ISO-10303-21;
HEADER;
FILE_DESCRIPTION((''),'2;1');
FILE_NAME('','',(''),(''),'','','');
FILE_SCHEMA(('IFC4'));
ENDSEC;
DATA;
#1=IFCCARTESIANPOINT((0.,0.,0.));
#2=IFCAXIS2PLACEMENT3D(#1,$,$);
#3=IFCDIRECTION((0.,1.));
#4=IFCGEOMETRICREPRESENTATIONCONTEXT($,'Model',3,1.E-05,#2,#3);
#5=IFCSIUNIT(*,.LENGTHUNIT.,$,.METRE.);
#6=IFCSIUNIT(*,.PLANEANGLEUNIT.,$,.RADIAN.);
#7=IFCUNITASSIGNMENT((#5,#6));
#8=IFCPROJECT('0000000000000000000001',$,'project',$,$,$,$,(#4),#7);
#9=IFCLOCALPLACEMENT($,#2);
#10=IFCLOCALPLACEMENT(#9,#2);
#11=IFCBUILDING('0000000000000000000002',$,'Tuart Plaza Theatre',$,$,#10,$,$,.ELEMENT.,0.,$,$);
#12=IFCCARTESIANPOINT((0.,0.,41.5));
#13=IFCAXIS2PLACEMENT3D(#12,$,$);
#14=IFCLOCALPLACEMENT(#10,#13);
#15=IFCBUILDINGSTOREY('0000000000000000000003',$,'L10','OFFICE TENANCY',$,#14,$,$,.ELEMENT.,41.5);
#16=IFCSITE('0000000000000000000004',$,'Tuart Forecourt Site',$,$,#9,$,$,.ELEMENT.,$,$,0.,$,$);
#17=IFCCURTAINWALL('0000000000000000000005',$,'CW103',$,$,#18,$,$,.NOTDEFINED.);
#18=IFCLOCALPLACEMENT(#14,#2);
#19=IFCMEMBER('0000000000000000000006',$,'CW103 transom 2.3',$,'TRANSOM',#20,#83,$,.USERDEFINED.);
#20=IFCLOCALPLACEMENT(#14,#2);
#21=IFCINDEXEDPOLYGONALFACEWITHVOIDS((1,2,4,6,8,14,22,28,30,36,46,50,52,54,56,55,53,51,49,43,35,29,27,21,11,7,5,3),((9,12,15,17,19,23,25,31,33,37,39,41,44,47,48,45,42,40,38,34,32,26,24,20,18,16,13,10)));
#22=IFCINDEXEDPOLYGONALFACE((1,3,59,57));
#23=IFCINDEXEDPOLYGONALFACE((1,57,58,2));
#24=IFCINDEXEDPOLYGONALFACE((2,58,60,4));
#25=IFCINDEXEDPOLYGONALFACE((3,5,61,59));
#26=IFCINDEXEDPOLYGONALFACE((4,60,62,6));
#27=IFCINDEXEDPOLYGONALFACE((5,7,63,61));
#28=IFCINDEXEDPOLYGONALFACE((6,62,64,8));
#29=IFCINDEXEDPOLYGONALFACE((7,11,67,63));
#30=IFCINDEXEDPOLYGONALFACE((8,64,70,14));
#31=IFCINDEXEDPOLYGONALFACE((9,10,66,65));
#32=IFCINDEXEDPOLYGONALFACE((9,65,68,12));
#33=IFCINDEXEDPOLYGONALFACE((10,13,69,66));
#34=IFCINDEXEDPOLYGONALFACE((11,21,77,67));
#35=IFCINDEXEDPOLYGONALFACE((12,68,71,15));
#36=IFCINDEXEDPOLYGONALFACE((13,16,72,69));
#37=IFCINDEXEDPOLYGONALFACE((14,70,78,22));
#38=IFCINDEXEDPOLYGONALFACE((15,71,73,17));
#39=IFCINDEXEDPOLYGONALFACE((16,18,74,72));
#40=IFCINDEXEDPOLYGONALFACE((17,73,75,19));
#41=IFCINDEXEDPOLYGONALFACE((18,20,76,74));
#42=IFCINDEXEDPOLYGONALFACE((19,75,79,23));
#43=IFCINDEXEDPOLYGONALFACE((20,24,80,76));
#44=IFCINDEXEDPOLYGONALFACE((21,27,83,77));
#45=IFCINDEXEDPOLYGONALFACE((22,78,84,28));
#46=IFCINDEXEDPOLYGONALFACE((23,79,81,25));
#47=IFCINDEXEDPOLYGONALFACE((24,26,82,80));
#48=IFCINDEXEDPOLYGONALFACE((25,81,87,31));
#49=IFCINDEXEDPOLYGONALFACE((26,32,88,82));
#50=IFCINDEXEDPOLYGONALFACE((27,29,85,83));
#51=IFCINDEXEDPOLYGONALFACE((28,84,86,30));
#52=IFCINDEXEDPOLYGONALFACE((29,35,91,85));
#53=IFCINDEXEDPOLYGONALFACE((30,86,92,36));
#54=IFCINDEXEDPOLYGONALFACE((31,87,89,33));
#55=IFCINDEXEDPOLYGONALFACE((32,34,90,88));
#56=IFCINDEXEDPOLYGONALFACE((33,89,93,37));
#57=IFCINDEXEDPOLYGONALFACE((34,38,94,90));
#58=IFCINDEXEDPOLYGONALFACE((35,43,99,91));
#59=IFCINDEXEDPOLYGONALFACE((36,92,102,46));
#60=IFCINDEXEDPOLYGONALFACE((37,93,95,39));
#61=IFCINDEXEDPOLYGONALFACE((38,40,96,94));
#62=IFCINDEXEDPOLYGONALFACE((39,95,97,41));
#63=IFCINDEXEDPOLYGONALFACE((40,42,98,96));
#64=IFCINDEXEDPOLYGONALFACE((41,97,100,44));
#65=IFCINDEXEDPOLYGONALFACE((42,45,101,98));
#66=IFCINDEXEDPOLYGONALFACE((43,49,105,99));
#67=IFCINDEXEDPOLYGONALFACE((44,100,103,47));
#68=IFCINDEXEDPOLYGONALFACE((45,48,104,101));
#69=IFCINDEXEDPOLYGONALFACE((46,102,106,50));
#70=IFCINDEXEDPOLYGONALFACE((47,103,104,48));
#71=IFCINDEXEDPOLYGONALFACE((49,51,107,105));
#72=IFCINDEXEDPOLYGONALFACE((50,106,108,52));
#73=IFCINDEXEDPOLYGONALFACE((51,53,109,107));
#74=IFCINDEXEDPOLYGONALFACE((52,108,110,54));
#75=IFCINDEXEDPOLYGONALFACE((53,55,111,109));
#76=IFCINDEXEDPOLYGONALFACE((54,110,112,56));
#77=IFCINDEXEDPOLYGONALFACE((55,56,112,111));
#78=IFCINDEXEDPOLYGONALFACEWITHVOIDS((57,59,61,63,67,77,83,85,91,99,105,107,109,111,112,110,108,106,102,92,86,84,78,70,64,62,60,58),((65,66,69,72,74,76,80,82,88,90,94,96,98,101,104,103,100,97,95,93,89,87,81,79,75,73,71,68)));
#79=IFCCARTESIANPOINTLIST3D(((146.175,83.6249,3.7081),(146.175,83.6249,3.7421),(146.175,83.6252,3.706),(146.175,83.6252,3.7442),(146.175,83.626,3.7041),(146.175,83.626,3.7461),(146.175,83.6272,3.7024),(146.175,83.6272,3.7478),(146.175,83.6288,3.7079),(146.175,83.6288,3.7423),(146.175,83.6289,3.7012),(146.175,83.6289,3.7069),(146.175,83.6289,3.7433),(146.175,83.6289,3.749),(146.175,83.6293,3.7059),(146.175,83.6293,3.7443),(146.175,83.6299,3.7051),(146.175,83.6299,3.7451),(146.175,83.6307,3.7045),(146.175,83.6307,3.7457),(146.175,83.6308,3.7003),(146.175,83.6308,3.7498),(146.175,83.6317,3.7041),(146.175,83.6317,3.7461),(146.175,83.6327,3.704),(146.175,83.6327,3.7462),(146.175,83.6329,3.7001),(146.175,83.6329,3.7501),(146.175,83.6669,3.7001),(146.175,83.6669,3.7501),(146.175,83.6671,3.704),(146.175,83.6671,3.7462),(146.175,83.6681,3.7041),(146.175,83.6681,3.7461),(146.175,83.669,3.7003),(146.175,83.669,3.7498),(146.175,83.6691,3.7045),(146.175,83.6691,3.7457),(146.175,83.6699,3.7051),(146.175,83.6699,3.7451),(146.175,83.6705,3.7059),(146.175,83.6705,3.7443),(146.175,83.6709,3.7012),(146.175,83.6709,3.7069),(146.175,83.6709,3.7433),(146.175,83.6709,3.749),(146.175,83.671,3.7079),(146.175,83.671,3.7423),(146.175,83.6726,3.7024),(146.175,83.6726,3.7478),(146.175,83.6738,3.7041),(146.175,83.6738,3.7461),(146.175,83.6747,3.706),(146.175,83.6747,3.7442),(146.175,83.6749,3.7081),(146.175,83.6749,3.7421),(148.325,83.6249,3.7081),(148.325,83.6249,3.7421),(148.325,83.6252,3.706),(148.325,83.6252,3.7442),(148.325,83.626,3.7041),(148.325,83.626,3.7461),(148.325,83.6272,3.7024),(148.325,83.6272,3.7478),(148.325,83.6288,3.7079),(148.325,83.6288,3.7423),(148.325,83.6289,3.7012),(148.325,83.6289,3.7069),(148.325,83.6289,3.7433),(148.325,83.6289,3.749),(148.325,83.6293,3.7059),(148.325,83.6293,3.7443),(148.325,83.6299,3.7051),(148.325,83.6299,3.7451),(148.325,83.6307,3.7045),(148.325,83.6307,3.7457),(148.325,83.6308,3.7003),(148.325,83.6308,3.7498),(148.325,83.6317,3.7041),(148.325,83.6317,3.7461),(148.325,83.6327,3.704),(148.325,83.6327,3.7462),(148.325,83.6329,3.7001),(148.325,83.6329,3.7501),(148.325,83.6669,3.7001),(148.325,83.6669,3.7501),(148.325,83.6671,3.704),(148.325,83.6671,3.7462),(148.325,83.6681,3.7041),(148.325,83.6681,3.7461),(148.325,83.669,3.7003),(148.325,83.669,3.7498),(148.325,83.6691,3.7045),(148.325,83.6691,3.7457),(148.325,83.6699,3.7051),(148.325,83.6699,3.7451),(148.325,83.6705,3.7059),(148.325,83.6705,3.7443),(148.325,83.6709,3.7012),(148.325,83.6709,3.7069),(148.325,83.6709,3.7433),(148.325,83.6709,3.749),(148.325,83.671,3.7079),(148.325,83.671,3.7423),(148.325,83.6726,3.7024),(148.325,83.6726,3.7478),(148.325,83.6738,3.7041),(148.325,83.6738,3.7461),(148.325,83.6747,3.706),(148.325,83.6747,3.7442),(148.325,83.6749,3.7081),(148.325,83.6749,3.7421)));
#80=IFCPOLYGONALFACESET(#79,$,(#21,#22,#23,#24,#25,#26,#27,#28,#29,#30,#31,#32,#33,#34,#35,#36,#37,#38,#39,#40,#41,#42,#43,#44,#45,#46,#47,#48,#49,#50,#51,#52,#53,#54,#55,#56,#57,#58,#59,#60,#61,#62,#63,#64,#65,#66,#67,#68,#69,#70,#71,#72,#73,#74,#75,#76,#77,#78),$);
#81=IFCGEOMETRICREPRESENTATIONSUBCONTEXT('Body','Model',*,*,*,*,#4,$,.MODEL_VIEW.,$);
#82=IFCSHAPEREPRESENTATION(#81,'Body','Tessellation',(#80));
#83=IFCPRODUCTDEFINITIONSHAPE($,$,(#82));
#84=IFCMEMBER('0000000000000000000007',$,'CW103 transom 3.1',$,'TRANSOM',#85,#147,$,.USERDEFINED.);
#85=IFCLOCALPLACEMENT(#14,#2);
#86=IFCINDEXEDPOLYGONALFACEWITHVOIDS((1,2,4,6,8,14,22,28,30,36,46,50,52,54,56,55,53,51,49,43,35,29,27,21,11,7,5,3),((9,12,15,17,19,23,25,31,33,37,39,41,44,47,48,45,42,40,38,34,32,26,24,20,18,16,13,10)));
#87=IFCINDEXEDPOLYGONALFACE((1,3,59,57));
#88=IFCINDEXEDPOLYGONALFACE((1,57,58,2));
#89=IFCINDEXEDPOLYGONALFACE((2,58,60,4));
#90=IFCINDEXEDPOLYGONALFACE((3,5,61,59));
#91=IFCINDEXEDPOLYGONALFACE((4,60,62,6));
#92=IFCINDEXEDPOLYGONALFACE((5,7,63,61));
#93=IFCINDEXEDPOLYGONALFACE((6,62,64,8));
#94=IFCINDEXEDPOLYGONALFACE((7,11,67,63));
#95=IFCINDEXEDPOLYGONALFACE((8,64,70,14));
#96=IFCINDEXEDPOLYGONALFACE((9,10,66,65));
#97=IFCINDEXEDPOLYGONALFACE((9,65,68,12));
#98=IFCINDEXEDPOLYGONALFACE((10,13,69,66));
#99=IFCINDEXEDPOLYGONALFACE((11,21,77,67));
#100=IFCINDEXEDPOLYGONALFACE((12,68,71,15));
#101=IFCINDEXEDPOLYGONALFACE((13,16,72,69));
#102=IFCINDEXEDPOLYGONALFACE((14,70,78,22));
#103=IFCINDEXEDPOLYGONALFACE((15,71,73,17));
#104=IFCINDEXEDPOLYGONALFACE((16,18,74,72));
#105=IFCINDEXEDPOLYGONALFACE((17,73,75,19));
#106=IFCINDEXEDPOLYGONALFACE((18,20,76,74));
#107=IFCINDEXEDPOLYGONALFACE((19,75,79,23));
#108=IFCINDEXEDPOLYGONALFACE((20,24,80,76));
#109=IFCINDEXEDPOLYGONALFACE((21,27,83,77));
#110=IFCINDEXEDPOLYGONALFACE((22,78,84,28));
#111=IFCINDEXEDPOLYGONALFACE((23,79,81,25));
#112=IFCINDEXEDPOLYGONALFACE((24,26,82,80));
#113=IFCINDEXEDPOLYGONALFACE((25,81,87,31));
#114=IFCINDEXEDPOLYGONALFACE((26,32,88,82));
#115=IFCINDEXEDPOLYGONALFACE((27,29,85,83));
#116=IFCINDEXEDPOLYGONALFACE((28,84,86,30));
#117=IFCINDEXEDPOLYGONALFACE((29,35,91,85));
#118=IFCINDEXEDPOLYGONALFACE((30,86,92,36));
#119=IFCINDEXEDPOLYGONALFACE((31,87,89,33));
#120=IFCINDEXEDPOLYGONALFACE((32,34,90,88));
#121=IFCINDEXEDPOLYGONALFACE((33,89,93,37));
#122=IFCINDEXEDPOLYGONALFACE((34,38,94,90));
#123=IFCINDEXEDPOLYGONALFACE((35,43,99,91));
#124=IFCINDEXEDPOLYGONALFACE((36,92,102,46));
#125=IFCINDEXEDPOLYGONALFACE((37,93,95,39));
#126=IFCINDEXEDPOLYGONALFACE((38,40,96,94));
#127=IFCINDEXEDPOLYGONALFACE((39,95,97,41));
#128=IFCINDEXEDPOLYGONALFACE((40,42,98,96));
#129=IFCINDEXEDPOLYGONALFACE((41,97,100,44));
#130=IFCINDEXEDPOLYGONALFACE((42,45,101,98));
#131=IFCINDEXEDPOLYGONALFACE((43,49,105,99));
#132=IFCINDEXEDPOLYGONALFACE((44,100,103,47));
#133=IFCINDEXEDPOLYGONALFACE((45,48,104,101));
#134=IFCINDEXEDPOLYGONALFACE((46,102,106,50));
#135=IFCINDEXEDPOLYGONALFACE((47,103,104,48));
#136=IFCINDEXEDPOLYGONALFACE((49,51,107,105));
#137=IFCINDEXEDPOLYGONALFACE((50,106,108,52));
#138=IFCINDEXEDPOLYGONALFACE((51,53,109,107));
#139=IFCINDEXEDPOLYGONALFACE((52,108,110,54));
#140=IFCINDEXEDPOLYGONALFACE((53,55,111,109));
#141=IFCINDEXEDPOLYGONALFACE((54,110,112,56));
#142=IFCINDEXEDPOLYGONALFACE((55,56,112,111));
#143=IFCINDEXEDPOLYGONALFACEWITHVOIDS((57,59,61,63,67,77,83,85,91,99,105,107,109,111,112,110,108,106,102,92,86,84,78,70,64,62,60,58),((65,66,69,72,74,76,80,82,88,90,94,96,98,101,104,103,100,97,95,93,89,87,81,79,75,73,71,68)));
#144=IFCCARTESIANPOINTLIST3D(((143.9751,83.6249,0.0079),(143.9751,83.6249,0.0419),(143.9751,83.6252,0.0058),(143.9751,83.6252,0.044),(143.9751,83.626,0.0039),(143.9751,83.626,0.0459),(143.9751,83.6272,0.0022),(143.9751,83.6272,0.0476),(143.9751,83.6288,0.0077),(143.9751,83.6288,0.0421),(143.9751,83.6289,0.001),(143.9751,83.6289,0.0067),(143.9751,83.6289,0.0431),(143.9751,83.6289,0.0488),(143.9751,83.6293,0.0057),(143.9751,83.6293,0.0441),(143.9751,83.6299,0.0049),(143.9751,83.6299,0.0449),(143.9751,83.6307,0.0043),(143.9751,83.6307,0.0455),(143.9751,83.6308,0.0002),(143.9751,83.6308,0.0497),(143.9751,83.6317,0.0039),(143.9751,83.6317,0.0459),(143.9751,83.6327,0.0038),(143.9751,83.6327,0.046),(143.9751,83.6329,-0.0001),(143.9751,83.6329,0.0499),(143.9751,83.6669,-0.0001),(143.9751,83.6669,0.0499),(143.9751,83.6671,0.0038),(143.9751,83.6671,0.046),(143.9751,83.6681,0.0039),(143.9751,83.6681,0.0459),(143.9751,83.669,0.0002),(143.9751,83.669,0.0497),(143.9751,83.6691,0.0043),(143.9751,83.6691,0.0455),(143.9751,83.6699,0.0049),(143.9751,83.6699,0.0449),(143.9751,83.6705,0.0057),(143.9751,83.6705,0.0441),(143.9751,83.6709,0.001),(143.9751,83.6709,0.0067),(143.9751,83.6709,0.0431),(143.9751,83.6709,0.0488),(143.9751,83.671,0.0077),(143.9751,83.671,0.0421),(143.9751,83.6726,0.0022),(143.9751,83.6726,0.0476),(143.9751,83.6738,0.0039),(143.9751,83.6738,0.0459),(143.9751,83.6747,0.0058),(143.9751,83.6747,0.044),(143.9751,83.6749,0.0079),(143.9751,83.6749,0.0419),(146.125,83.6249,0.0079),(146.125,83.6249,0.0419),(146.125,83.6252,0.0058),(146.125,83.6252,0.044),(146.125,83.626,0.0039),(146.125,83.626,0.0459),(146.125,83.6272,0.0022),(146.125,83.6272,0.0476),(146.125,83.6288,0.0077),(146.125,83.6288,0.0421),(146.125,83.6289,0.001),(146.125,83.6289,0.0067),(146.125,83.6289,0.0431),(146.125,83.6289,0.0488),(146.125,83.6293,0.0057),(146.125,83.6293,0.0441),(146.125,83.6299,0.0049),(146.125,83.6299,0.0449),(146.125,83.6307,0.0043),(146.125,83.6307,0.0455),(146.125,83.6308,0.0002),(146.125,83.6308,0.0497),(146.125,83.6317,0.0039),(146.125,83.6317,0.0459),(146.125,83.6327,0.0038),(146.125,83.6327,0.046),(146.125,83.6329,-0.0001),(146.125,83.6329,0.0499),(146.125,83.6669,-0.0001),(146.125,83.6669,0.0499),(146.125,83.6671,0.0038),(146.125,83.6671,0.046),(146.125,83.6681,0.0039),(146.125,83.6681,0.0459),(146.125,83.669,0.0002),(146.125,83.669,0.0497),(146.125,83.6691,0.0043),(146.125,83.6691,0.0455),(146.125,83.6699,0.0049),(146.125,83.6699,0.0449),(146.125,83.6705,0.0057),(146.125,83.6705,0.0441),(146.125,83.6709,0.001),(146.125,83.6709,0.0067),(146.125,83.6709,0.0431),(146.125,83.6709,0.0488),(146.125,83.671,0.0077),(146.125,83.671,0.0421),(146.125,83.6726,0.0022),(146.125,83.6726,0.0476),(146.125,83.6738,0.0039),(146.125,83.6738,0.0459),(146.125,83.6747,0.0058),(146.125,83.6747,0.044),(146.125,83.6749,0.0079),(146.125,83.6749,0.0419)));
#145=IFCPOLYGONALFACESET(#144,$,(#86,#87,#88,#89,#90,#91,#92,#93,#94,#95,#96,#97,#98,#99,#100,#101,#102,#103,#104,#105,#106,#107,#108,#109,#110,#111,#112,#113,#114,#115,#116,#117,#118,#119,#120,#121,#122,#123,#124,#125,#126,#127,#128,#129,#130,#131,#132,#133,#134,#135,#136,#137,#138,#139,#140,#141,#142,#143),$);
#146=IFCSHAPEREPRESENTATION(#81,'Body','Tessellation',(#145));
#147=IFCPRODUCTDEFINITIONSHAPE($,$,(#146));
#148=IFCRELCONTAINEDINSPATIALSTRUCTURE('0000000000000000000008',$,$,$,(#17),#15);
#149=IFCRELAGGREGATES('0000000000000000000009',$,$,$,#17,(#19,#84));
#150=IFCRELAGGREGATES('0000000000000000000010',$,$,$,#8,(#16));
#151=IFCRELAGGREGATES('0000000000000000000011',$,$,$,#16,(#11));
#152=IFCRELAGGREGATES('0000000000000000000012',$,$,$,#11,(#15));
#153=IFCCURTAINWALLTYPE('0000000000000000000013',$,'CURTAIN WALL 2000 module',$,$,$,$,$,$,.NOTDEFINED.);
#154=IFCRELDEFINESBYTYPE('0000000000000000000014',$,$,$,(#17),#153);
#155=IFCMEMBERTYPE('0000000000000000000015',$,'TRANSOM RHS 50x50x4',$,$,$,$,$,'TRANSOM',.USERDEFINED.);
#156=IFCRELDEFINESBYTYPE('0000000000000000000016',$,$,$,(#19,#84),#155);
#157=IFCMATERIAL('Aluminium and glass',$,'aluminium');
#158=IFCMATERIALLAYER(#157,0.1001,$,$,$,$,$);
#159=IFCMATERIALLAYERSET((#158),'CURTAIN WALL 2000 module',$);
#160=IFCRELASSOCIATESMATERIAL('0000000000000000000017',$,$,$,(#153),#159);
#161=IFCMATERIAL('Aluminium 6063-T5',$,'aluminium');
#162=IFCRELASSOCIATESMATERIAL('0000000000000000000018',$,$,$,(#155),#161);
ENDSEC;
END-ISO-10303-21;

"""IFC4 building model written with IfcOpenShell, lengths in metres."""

from ifc_helpers import new_model, si_unit, direction, frame, origin, origin_2d, place, context, subcontext, project, spatial, hollow_rectangle, extrude, material, layer, layer_set, material_profile, profile_set, type_object, element, aggregate, save


model = new_model("IFC4")

# Units and contexts
model_context = context("Model", 3, precision=1e-05, world=origin(), true_north=direction((0.0, 1.0)))
body_context = subcontext(model_context, "Body", "Model", "MODEL_VIEW")
ifc_project = project(units=[si_unit("LENGTHUNIT", "METRE"), si_unit("PLANEANGLEUNIT", "RADIAN")], contexts=[model_context])

# Site, building, storey
site_placement = place(None, origin())
site = spatial("IfcSite", under=ifc_project, at=site_placement, Name="Tuart Forecourt Site", CompositionType="ELEMENT", RefElevation=0.0)
building_placement = place(site_placement, origin())
building = spatial("IfcBuilding", under=site, at=building_placement, Name="Tuart Plaza Theatre", CompositionType="ELEMENT", ElevationOfRefHeight=0.0)
storey_placement = place(building_placement, frame((0.0, 0.0, 41.5)))
storey = spatial("IfcBuildingStorey", under=building, at=storey_placement, Name="L10", Description="OFFICE TENANCY", CompositionType="ELEMENT", Elevation=41.5)

# Shared definitions
ifc_material_1 = material(Name="Aluminium and glass", Category="aluminium")
ifc_layer_1 = layer(ifc_material_1, 0.1001)
ifc_layer_set_1 = layer_set([ifc_layer_1], Name="CURTAIN WALL 2000 module")
curtain_wall_type = type_object("IfcCurtainWallType", Name="CURTAIN WALL 2000 module", PredefinedType="NOTDEFINED", material=ifc_layer_set_1)

# Curtain wall
curtain_wall_1_placement = place(storey_placement, origin())
curtain_wall_1 = element("IfcCurtainWall", 1, at=curtain_wall_1_placement, inside=storey, type_object=curtain_wall_type, Name="CW103", PredefinedType="NOTDEFINED")

# Members
ifc_material_2 = material(Name="Aluminium 6063-T5", Category="aluminium")
ifc_material_profile_1 = material_profile(ifc_material_2, hollow_rectangle(XDim=0.05, YDim=0.05, WallThickness=0.0039, InnerFilletRadius=0.0039, OuterFilletRadius=0.0081, at=origin_2d()), Name="RHS 50x50x4")
ifc_profile_set_1 = profile_set([ifc_material_profile_1], Name="Aluminium 6063-T5")
member_type_1 = type_object("IfcMemberType", Name="TRANSOM RHS 50x50x4", ElementType="TRANSOM", PredefinedType="USERDEFINED", material=ifc_profile_set_1)
member_1_placement = place(storey_placement, frame((148.325, 83.6499, 3.7251), z_axis=(-1.0, 0.0, 0.0), x_axis=(0.0, -1.0, 0.0)))
member_1 = element("IfcMember", 2, at=member_1_placement, type_object=member_type_1, Name="CW103 transom 2.3", ObjectType="TRANSOM", PredefinedType="USERDEFINED", context=body_context, shape_type="SweptSolid", body=[
    extrude(hollow_rectangle(XDim=0.05, YDim=0.05, WallThickness=0.0039, InnerFilletRadius=0.0039, OuterFilletRadius=0.0081, at=origin_2d()), origin(), (0.0, 0.0, 1.0), 2.1499),
])
member_2_placement = place(storey_placement, frame((146.125, 83.6499, 0.0249), z_axis=(-1.0, 0.0, 0.0), x_axis=(0.0, -1.0, 0.0)))
member_2 = element("IfcMember", 3, at=member_2_placement, type_object=member_type_1, Name="CW103 transom 3.1", ObjectType="TRANSOM", PredefinedType="USERDEFINED", context=body_context, shape_type="SweptSolid", body=[
    extrude(hollow_rectangle(XDim=0.05, YDim=0.05, WallThickness=0.0039, InnerFilletRadius=0.0039, OuterFilletRadius=0.0081, at=origin_2d()), origin(), (0.0, 0.0, 1.0), 2.1499),
])

aggregate(curtain_wall_1, [member_1, member_2])

save(model, "model.ifc")
